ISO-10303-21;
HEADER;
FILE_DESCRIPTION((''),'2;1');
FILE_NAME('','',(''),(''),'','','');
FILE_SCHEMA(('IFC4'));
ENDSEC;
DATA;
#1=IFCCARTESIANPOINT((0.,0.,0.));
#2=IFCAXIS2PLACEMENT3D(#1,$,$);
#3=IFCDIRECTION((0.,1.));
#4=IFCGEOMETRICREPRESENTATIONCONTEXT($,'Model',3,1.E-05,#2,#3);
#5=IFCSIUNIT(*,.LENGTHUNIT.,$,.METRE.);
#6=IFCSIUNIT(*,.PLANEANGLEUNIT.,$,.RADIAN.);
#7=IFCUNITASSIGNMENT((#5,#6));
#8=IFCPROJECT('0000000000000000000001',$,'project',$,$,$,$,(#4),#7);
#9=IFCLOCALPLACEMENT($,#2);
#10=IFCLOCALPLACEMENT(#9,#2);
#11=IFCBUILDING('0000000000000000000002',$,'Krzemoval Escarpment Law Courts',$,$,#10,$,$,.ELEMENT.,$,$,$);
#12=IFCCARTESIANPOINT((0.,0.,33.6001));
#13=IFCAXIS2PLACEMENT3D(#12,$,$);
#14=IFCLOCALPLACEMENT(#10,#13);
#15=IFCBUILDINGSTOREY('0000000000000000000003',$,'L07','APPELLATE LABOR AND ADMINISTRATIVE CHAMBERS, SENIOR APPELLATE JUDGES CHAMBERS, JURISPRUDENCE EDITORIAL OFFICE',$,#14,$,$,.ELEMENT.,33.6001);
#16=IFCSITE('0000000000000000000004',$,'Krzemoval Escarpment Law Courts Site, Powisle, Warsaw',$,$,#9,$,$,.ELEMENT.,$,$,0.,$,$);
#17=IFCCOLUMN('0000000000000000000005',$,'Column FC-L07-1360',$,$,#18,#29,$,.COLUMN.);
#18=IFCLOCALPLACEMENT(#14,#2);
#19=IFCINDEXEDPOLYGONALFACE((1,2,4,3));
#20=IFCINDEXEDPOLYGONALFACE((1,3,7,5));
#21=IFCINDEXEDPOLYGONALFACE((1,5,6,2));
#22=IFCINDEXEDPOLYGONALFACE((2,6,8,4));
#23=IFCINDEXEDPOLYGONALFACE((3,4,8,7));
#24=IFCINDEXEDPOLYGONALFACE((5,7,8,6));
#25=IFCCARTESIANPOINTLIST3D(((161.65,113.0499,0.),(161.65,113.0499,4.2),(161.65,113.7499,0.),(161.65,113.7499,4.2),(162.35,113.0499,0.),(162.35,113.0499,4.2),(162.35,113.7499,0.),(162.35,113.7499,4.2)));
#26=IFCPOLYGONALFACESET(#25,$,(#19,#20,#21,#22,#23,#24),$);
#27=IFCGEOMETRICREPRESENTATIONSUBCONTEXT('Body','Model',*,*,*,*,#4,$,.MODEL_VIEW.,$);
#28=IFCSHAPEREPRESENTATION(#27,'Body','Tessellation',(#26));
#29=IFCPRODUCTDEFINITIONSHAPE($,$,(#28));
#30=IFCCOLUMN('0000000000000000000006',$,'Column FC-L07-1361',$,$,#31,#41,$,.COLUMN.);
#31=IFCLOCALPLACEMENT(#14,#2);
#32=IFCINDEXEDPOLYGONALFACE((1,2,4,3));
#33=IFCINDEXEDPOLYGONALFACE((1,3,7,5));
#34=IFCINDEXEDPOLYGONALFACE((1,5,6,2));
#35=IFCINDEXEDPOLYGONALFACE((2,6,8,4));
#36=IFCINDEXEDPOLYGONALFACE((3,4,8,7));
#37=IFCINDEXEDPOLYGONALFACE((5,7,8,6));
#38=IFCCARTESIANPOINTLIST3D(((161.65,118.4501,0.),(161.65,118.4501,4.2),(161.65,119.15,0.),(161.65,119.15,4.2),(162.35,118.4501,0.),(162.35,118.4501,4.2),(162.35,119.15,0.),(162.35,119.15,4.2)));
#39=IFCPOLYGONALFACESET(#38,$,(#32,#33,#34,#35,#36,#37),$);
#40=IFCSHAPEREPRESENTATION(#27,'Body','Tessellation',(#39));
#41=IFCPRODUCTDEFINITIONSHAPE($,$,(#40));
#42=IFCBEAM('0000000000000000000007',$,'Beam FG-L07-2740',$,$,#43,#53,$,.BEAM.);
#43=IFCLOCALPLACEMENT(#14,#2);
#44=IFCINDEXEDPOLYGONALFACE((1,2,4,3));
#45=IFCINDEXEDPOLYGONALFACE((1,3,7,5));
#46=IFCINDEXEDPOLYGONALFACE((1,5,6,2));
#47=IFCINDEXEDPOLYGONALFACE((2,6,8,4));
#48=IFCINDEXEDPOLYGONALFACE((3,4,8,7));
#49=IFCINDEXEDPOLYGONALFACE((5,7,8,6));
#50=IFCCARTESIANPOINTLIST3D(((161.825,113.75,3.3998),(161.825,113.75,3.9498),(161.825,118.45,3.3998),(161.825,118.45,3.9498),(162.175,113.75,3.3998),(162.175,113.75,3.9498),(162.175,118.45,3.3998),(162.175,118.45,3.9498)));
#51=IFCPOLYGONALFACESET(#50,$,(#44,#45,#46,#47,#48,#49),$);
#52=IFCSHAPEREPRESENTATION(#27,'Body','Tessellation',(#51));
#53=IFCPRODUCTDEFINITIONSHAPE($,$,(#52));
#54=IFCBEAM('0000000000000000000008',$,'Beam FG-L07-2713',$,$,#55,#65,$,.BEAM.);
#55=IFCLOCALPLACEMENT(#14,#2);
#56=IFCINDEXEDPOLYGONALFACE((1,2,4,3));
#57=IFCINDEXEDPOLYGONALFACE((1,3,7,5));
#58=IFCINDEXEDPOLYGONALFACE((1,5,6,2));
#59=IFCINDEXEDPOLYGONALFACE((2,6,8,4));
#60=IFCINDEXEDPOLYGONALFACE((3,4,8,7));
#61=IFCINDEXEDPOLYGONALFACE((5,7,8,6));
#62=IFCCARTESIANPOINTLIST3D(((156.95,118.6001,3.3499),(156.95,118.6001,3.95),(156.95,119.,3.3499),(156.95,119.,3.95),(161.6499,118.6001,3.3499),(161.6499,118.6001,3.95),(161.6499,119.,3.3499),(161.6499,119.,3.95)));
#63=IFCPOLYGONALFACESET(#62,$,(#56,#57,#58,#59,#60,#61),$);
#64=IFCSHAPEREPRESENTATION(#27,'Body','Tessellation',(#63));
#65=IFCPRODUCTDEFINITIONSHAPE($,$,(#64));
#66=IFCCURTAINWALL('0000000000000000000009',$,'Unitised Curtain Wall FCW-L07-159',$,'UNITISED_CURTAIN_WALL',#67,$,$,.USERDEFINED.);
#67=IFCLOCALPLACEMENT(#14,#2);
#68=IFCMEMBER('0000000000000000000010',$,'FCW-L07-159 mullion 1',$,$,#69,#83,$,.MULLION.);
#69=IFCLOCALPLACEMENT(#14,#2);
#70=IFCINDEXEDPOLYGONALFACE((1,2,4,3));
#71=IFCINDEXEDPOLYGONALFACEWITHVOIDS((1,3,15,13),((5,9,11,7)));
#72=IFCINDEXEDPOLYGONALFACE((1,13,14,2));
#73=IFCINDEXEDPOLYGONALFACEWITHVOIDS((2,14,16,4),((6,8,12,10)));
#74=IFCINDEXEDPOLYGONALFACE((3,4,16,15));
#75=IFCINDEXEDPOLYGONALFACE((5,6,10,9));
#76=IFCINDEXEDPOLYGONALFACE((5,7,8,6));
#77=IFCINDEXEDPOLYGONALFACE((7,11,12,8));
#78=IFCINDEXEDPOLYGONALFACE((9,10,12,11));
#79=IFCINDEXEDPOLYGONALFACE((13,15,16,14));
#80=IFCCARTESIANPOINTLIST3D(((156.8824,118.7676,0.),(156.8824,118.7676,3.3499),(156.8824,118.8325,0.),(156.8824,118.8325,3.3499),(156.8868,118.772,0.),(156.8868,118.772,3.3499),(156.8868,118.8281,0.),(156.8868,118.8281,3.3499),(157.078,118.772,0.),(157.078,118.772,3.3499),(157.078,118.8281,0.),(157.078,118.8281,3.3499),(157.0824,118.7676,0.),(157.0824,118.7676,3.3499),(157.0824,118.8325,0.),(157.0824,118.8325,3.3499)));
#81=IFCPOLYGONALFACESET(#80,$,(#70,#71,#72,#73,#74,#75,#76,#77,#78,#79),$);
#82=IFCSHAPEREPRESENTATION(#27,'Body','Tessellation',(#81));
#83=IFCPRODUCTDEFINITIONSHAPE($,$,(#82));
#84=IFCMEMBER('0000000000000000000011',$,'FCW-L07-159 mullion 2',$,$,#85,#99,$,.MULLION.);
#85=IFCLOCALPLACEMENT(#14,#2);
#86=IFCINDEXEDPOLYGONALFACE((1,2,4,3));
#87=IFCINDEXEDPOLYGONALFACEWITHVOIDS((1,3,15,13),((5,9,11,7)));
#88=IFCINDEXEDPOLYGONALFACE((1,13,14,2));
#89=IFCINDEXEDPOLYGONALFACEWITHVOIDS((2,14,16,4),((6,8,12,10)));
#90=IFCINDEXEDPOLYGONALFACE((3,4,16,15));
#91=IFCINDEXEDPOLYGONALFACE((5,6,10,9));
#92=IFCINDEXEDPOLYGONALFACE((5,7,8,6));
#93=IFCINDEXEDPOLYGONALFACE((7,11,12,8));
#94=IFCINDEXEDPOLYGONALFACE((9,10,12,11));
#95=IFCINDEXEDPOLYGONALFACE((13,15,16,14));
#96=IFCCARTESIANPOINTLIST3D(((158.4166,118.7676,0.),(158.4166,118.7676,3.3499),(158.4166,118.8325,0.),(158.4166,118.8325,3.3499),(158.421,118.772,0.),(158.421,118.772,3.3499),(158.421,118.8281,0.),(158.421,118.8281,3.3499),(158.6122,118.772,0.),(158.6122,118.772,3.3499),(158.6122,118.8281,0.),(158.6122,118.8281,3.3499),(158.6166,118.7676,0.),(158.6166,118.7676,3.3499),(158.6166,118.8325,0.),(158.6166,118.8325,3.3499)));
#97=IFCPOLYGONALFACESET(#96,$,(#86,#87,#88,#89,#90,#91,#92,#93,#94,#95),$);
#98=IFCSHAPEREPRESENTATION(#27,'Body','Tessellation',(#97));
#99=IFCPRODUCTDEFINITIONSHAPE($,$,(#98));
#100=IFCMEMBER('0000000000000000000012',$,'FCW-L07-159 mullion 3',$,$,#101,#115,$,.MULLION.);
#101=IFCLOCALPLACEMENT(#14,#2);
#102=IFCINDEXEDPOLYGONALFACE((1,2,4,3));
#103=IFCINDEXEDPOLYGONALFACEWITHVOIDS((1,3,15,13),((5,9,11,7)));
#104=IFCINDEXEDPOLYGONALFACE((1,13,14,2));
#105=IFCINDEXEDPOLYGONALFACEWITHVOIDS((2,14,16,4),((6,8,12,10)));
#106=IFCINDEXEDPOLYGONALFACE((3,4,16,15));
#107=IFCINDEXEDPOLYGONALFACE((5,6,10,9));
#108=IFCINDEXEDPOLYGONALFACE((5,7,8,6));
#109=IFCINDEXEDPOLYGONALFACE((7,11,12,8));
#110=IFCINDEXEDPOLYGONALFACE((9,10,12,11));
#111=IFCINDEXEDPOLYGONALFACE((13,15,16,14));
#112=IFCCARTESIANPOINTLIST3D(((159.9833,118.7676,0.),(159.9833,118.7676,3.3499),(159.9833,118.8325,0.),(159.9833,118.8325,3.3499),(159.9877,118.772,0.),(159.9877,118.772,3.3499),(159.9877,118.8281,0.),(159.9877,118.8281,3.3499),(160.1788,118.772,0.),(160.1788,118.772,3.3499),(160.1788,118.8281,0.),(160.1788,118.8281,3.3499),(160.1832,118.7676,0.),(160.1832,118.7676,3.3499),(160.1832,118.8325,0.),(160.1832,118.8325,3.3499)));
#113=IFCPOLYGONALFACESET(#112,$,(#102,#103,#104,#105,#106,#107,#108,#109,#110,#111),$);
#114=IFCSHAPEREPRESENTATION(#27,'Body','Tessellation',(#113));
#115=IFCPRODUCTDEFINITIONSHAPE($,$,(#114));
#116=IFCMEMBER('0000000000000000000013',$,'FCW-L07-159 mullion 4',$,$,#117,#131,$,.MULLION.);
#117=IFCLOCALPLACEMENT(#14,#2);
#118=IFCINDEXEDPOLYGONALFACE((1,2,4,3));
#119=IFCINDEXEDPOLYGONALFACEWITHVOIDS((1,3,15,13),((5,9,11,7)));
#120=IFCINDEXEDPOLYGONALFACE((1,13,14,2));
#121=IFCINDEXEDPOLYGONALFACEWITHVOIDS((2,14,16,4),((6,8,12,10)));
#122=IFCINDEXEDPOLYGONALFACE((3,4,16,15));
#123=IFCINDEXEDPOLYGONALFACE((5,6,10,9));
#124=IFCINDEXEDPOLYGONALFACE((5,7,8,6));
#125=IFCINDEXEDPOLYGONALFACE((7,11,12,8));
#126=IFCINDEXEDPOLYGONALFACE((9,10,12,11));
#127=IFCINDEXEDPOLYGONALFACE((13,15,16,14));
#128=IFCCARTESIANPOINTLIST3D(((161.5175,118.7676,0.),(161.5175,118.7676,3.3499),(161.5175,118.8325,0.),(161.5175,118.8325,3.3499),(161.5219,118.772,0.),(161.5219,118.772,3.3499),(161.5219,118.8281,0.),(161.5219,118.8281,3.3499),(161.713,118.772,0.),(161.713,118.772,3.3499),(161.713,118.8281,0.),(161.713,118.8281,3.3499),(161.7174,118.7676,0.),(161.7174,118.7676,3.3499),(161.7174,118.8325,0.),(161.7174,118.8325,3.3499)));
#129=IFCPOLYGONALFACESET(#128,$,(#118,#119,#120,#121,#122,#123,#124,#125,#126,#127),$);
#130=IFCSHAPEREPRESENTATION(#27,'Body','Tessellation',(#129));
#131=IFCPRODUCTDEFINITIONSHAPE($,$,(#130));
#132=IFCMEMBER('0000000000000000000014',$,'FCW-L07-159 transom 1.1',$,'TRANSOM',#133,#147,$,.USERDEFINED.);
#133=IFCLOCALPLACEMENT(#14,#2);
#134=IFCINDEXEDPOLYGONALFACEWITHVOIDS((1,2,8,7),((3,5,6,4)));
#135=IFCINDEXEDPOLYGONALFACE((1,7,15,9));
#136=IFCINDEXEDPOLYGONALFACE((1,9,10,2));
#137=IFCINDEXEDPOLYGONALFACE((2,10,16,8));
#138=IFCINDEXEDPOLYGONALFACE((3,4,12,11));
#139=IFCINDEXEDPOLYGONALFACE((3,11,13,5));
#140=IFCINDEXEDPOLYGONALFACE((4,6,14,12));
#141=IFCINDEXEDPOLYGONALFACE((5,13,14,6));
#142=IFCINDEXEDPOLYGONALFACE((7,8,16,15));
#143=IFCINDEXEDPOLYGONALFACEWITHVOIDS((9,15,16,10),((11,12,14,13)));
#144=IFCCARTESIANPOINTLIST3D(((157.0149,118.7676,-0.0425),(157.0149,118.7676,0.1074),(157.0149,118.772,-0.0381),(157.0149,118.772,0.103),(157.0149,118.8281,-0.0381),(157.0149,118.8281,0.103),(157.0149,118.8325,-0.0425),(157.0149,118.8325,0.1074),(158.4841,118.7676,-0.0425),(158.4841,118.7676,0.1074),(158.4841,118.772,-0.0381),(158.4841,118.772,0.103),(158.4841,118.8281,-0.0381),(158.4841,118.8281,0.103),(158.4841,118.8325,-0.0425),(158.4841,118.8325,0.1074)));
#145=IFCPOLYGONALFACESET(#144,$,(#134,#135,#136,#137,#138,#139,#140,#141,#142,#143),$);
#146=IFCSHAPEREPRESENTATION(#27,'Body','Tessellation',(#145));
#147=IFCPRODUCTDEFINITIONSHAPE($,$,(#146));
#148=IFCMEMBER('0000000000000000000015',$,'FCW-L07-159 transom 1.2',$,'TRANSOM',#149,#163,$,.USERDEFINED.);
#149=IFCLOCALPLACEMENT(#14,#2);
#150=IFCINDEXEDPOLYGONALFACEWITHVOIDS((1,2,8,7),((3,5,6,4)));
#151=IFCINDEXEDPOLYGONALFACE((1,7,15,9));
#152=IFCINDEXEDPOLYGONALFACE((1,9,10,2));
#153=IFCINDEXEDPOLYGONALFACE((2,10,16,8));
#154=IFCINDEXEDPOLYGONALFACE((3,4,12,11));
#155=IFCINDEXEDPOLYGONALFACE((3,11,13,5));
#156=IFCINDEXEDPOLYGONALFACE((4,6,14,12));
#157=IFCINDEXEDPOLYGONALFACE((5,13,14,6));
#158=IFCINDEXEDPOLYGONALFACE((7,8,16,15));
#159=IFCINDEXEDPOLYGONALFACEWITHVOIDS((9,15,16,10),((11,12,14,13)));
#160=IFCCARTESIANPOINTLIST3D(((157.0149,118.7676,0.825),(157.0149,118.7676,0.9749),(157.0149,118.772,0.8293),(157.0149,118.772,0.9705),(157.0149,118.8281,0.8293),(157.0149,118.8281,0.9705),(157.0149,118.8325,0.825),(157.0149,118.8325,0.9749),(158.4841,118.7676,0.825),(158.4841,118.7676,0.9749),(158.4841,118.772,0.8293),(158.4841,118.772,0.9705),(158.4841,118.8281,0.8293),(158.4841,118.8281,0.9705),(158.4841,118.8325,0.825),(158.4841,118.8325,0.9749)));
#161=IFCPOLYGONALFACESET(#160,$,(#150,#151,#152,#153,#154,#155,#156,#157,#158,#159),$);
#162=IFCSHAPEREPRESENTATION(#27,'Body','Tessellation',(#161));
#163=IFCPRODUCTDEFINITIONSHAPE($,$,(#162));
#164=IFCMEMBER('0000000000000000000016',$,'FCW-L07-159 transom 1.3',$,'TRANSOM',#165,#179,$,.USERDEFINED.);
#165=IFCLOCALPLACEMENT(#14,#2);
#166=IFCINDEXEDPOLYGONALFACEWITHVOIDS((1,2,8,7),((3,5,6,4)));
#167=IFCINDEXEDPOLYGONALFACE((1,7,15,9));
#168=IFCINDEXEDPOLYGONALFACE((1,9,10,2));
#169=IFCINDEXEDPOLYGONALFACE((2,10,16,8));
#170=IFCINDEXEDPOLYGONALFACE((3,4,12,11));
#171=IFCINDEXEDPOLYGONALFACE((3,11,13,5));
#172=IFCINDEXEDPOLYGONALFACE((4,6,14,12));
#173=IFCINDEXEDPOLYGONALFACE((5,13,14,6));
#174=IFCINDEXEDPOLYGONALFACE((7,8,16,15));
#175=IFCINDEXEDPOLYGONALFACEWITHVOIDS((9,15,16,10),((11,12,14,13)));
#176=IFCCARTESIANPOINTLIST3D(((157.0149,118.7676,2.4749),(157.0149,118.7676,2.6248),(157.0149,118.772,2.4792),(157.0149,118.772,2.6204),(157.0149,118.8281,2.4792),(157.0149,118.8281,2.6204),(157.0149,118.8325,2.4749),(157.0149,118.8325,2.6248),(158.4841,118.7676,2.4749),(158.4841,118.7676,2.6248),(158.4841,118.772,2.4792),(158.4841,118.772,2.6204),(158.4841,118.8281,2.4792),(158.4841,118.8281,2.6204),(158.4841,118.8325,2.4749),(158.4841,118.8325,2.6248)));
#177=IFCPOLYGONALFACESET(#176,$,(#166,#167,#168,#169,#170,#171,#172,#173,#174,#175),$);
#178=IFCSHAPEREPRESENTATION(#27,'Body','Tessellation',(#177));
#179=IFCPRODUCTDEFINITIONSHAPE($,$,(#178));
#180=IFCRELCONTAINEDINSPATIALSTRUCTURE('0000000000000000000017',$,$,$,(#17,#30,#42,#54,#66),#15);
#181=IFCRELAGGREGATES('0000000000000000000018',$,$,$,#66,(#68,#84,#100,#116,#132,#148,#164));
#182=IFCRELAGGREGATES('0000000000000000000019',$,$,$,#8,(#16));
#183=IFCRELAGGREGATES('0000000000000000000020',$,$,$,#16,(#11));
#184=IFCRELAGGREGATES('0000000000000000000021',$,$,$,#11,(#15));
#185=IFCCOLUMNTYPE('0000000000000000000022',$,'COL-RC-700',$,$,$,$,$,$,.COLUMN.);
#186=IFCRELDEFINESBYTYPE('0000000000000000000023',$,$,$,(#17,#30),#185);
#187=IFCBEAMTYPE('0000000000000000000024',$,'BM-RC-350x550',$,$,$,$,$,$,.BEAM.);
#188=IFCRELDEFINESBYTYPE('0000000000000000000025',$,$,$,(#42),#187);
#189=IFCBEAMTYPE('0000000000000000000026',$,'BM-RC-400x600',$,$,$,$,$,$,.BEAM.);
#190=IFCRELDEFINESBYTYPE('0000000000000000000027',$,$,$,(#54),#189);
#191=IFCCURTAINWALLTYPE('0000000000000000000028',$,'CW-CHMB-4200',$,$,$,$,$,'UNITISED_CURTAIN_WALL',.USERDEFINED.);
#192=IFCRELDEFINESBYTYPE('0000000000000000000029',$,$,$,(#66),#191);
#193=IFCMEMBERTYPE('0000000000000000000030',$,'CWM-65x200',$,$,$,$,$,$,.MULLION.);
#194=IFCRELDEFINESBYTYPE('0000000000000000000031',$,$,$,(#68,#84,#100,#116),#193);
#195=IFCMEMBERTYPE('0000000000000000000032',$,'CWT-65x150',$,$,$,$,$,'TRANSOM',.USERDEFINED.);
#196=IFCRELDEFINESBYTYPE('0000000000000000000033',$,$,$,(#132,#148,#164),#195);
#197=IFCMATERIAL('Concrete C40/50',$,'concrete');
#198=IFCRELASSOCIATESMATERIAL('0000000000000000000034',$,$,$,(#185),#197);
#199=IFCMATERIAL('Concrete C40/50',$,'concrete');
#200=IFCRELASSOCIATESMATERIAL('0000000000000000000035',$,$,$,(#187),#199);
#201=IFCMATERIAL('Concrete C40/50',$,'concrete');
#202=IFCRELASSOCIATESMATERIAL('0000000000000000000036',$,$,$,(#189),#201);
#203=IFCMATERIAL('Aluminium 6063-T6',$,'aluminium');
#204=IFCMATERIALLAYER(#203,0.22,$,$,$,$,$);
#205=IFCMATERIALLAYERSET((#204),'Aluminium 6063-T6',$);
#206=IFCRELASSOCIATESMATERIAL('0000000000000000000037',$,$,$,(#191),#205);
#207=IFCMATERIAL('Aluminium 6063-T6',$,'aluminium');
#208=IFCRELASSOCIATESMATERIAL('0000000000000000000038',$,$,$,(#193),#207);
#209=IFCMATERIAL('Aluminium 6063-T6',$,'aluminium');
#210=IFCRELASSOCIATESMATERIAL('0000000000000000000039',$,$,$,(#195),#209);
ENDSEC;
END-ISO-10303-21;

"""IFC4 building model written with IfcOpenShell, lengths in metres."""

from ifc_helpers import new_model, si_unit, direction, frame, origin, origin_2d, place, context, subcontext, project, spatial, rectangle, hollow_rectangle, extrude, material, layer, layer_set, material_profile, profile_set, type_object, element, aggregate, save


model = new_model("IFC4")

# Units and contexts
model_context = context("Model", 3, precision=1e-05, world=origin(), true_north=direction((0.0, 1.0)))
body_context = subcontext(model_context, "Body", "Model", "MODEL_VIEW")
ifc_project = project(units=[si_unit("LENGTHUNIT", "METRE"), si_unit("PLANEANGLEUNIT", "RADIAN")], contexts=[model_context])

# Site, building, storey
site_placement = place(None, origin())
site = spatial("IfcSite", under=ifc_project, at=site_placement, Name="Krzemoval Escarpment Law Courts Site, Powisle, Warsaw", CompositionType="ELEMENT", RefElevation=0.0)
building_placement = place(site_placement, origin())
building = spatial("IfcBuilding", under=site, at=building_placement, Name="Krzemoval Escarpment Law Courts", CompositionType="ELEMENT")
storey_placement = place(building_placement, frame((0.0, 0.0, 33.6001)))
storey = spatial("IfcBuildingStorey", under=building, at=storey_placement, Name="L07", Description="APPELLATE LABOR AND ADMINISTRATIVE CHAMBERS, SENIOR APPELLATE JUDGES CHAMBERS, JURISPRUDENCE EDITORIAL OFFICE", CompositionType="ELEMENT", Elevation=33.6001)

# Columns
ifc_material_1 = material(Name="Concrete C40/50", Category="concrete")
ifc_material_profile_1 = material_profile(ifc_material_1, rectangle(XDim=0.7, YDim=0.7, at=origin_2d()), Name="RC 700x700")
ifc_profile_set_1 = profile_set([ifc_material_profile_1], Name="Concrete C40/50")
column_type = type_object("IfcColumnType", Name="COL-RC-700", PredefinedType="COLUMN", material=ifc_profile_set_1)
for number, where, z_axis, x_axis, name in (
    (1, (162.0, 113.3999, 0.0), (0.0, 0.0, 1.0), (1.0, 0.0, 0.0), "Column FC-L07-1360"),
    (2, (162.0, 118.8, 0.0), (0.0, 0.0, 1.0), (1.0, 0.0, 0.0), "Column FC-L07-1361"),
):
    element("IfcColumn", number, at=place(storey_placement, frame(where, z_axis=z_axis, x_axis=x_axis)), inside=storey, type_object=column_type, Name=name, PredefinedType="COLUMN", context=body_context, shape_type="SweptSolid", body=[
        extrude(rectangle(XDim=0.7, YDim=0.7, at=origin_2d()), origin(), (0.0, 0.0, 1.0), 4.2),
    ])

# Beams
ifc_material_2 = material(Name="Concrete C40/50", Category="concrete")
ifc_material_profile_2 = material_profile(ifc_material_2, rectangle(XDim=0.3501, YDim=0.55, at=origin_2d()), Name="RCB 350x550")
ifc_profile_set_2 = profile_set([ifc_material_profile_2], Name="Concrete C40/50")
beam_type_1 = type_object("IfcBeamType", Name="BM-RC-350x550", PredefinedType="BEAM", material=ifc_profile_set_2)
beam_1_placement = place(storey_placement, frame((162.0, 113.75, 3.6748), z_axis=(0.0, 1.0, 0.0), x_axis=(-1.0, 0.0, 0.0)))
element("IfcBeam", 3, at=beam_1_placement, inside=storey, type_object=beam_type_1, Name="Beam FG-L07-2740", PredefinedType="BEAM", context=body_context, shape_type="SweptSolid", body=[
    extrude(rectangle(XDim=0.3501, YDim=0.55, at=origin_2d()), origin(), (0.0, 0.0, 1.0), 4.7),
])
ifc_material_3 = material(Name="Concrete C40/50", Category="concrete")
ifc_material_profile_3 = material_profile(ifc_material_3, rectangle(XDim=0.3999, YDim=0.6001, at=origin_2d()), Name="RCB 400x600")
ifc_profile_set_3 = profile_set([ifc_material_profile_3], Name="Concrete C40/50")
beam_type_2 = type_object("IfcBeamType", Name="BM-RC-400x600", PredefinedType="BEAM", material=ifc_profile_set_3)
beam_2_placement = place(storey_placement, frame((156.95, 118.8, 3.6499), z_axis=(1.0, 0.0, 0.0), x_axis=(0.0, 1.0, 0.0)))
element("IfcBeam", 4, at=beam_2_placement, inside=storey, type_object=beam_type_2, Name="Beam FG-L07-2713", PredefinedType="BEAM", context=body_context, shape_type="SweptSolid", body=[
    extrude(rectangle(XDim=0.3999, YDim=0.6001, at=origin_2d()), origin(), (0.0, 0.0, 1.0), 4.7),
])

# Curtain wall, members
ifc_material_4 = material(Name="Aluminium 6063-T6", Category="aluminium")
ifc_layer_1 = layer(ifc_material_4, 0.22)
ifc_layer_set_1 = layer_set([ifc_layer_1], Name="Aluminium 6063-T6")
curtain_wall_type = type_object("IfcCurtainWallType", Name="CW-CHMB-4200", ElementType="UNITISED_CURTAIN_WALL", PredefinedType="USERDEFINED", material=ifc_layer_set_1)
curtain_wall_placement = place(storey_placement, origin())
curtain_wall = element("IfcCurtainWall", 5, at=curtain_wall_placement, inside=storey, type_object=curtain_wall_type, Name="Unitised Curtain Wall FCW-L07-159", ObjectType="UNITISED_CURTAIN_WALL", PredefinedType="USERDEFINED")
ifc_material_5 = material(Name="Aluminium 6063-T6", Category="aluminium")
ifc_material_profile_4 = material_profile(ifc_material_5, hollow_rectangle(XDim=0.0649, YDim=0.2, WallThickness=0.0044, at=origin_2d()), Name="ALU M65x200")
ifc_profile_set_4 = profile_set([ifc_material_profile_4], Name="Aluminium 6063-T6")
member_type_1 = type_object("IfcMemberType", Name="CWM-65x200", PredefinedType="MULLION", material=ifc_profile_set_4)
member_1_placement = place(storey_placement, frame((156.9824, 118.8, 0.0), z_axis=(0.0, 0.0, 1.0), x_axis=(0.0, 1.0, 0.0)))
member_1 = element("IfcMember", 6, at=member_1_placement, type_object=member_type_1, Name="FCW-L07-159 mullion 1", PredefinedType="MULLION", context=body_context, shape_type="SweptSolid", body=[
    extrude(hollow_rectangle(XDim=0.0649, YDim=0.2, WallThickness=0.0044, at=origin_2d()), origin(), (0.0, 0.0, 1.0), 3.3499),
])
member_2_placement = place(storey_placement, frame((158.5166, 118.8, 0.0), z_axis=(0.0, 0.0, 1.0), x_axis=(0.0, 1.0, 0.0)))
member_2 = element("IfcMember", 7, at=member_2_placement, type_object=member_type_1, Name="FCW-L07-159 mullion 2", PredefinedType="MULLION", context=body_context, shape_type="SweptSolid", body=[
    extrude(hollow_rectangle(XDim=0.0649, YDim=0.2, WallThickness=0.0044, at=origin_2d()), origin(), (0.0, 0.0, 1.0), 3.3499),
])
member_3_placement = place(storey_placement, frame((160.0833, 118.8, 0.0), z_axis=(0.0, 0.0, 1.0), x_axis=(0.0, 1.0, 0.0)))
member_3 = element("IfcMember", 8, at=member_3_placement, type_object=member_type_1, Name="FCW-L07-159 mullion 3", PredefinedType="MULLION", context=body_context, shape_type="SweptSolid", body=[
    extrude(hollow_rectangle(XDim=0.0649, YDim=0.2, WallThickness=0.0044, at=origin_2d()), origin(), (0.0, 0.0, 1.0), 3.3499),
])
member_4_placement = place(storey_placement, frame((161.6174, 118.8, 0.0), z_axis=(0.0, 0.0, 1.0), x_axis=(0.0, 1.0, 0.0)))
member_4 = element("IfcMember", 9, at=member_4_placement, type_object=member_type_1, Name="FCW-L07-159 mullion 4", PredefinedType="MULLION", context=body_context, shape_type="SweptSolid", body=[
    extrude(hollow_rectangle(XDim=0.0649, YDim=0.2, WallThickness=0.0044, at=origin_2d()), origin(), (0.0, 0.0, 1.0), 3.3499),
])
ifc_material_6 = material(Name="Aluminium 6063-T6", Category="aluminium")
ifc_material_profile_5 = material_profile(ifc_material_6, hollow_rectangle(XDim=0.0649, YDim=0.1499, WallThickness=0.0044, at=origin_2d()), Name="ALU T65x150")
ifc_profile_set_5 = profile_set([ifc_material_profile_5], Name="Aluminium 6063-T6")
member_type_2 = type_object("IfcMemberType", Name="CWT-65x150", ElementType="TRANSOM", PredefinedType="USERDEFINED", material=ifc_profile_set_5)
member_5_placement = place(storey_placement, frame((157.0149, 118.8, 0.0325), z_axis=(1.0, 0.0, 0.0), x_axis=(0.0, 1.0, 0.0)))
member_5 = element("IfcMember", 10, at=member_5_placement, type_object=member_type_2, Name="FCW-L07-159 transom 1.1", ObjectType="TRANSOM", PredefinedType="USERDEFINED", context=body_context, shape_type="SweptSolid", body=[
    extrude(hollow_rectangle(XDim=0.0649, YDim=0.1499, WallThickness=0.0044, at=origin_2d()), origin(), (0.0, 0.0, 1.0), 1.4692),
])
member_6_placement = place(storey_placement, frame((157.0149, 118.8, 0.8999), z_axis=(1.0, 0.0, 0.0), x_axis=(0.0, 1.0, 0.0)))
member_6 = element("IfcMember", 11, at=member_6_placement, type_object=member_type_2, Name="FCW-L07-159 transom 1.2", ObjectType="TRANSOM", PredefinedType="USERDEFINED", context=body_context, shape_type="SweptSolid", body=[
    extrude(hollow_rectangle(XDim=0.0649, YDim=0.1499, WallThickness=0.0044, at=origin_2d()), origin(), (0.0, 0.0, 1.0), 1.4692),
])
member_7_placement = place(storey_placement, frame((157.0149, 118.8, 2.5498), z_axis=(1.0, 0.0, 0.0), x_axis=(0.0, 1.0, 0.0)))
member_7 = element("IfcMember", 12, at=member_7_placement, type_object=member_type_2, Name="FCW-L07-159 transom 1.3", ObjectType="TRANSOM", PredefinedType="USERDEFINED", context=body_context, shape_type="SweptSolid", body=[
    extrude(hollow_rectangle(XDim=0.0649, YDim=0.1499, WallThickness=0.0044, at=origin_2d()), origin(), (0.0, 0.0, 1.0), 1.4692),
])
aggregate(curtain_wall, [member_1, member_2, member_3, member_4, member_5, member_6, member_7])

save(model, "model.ifc")
